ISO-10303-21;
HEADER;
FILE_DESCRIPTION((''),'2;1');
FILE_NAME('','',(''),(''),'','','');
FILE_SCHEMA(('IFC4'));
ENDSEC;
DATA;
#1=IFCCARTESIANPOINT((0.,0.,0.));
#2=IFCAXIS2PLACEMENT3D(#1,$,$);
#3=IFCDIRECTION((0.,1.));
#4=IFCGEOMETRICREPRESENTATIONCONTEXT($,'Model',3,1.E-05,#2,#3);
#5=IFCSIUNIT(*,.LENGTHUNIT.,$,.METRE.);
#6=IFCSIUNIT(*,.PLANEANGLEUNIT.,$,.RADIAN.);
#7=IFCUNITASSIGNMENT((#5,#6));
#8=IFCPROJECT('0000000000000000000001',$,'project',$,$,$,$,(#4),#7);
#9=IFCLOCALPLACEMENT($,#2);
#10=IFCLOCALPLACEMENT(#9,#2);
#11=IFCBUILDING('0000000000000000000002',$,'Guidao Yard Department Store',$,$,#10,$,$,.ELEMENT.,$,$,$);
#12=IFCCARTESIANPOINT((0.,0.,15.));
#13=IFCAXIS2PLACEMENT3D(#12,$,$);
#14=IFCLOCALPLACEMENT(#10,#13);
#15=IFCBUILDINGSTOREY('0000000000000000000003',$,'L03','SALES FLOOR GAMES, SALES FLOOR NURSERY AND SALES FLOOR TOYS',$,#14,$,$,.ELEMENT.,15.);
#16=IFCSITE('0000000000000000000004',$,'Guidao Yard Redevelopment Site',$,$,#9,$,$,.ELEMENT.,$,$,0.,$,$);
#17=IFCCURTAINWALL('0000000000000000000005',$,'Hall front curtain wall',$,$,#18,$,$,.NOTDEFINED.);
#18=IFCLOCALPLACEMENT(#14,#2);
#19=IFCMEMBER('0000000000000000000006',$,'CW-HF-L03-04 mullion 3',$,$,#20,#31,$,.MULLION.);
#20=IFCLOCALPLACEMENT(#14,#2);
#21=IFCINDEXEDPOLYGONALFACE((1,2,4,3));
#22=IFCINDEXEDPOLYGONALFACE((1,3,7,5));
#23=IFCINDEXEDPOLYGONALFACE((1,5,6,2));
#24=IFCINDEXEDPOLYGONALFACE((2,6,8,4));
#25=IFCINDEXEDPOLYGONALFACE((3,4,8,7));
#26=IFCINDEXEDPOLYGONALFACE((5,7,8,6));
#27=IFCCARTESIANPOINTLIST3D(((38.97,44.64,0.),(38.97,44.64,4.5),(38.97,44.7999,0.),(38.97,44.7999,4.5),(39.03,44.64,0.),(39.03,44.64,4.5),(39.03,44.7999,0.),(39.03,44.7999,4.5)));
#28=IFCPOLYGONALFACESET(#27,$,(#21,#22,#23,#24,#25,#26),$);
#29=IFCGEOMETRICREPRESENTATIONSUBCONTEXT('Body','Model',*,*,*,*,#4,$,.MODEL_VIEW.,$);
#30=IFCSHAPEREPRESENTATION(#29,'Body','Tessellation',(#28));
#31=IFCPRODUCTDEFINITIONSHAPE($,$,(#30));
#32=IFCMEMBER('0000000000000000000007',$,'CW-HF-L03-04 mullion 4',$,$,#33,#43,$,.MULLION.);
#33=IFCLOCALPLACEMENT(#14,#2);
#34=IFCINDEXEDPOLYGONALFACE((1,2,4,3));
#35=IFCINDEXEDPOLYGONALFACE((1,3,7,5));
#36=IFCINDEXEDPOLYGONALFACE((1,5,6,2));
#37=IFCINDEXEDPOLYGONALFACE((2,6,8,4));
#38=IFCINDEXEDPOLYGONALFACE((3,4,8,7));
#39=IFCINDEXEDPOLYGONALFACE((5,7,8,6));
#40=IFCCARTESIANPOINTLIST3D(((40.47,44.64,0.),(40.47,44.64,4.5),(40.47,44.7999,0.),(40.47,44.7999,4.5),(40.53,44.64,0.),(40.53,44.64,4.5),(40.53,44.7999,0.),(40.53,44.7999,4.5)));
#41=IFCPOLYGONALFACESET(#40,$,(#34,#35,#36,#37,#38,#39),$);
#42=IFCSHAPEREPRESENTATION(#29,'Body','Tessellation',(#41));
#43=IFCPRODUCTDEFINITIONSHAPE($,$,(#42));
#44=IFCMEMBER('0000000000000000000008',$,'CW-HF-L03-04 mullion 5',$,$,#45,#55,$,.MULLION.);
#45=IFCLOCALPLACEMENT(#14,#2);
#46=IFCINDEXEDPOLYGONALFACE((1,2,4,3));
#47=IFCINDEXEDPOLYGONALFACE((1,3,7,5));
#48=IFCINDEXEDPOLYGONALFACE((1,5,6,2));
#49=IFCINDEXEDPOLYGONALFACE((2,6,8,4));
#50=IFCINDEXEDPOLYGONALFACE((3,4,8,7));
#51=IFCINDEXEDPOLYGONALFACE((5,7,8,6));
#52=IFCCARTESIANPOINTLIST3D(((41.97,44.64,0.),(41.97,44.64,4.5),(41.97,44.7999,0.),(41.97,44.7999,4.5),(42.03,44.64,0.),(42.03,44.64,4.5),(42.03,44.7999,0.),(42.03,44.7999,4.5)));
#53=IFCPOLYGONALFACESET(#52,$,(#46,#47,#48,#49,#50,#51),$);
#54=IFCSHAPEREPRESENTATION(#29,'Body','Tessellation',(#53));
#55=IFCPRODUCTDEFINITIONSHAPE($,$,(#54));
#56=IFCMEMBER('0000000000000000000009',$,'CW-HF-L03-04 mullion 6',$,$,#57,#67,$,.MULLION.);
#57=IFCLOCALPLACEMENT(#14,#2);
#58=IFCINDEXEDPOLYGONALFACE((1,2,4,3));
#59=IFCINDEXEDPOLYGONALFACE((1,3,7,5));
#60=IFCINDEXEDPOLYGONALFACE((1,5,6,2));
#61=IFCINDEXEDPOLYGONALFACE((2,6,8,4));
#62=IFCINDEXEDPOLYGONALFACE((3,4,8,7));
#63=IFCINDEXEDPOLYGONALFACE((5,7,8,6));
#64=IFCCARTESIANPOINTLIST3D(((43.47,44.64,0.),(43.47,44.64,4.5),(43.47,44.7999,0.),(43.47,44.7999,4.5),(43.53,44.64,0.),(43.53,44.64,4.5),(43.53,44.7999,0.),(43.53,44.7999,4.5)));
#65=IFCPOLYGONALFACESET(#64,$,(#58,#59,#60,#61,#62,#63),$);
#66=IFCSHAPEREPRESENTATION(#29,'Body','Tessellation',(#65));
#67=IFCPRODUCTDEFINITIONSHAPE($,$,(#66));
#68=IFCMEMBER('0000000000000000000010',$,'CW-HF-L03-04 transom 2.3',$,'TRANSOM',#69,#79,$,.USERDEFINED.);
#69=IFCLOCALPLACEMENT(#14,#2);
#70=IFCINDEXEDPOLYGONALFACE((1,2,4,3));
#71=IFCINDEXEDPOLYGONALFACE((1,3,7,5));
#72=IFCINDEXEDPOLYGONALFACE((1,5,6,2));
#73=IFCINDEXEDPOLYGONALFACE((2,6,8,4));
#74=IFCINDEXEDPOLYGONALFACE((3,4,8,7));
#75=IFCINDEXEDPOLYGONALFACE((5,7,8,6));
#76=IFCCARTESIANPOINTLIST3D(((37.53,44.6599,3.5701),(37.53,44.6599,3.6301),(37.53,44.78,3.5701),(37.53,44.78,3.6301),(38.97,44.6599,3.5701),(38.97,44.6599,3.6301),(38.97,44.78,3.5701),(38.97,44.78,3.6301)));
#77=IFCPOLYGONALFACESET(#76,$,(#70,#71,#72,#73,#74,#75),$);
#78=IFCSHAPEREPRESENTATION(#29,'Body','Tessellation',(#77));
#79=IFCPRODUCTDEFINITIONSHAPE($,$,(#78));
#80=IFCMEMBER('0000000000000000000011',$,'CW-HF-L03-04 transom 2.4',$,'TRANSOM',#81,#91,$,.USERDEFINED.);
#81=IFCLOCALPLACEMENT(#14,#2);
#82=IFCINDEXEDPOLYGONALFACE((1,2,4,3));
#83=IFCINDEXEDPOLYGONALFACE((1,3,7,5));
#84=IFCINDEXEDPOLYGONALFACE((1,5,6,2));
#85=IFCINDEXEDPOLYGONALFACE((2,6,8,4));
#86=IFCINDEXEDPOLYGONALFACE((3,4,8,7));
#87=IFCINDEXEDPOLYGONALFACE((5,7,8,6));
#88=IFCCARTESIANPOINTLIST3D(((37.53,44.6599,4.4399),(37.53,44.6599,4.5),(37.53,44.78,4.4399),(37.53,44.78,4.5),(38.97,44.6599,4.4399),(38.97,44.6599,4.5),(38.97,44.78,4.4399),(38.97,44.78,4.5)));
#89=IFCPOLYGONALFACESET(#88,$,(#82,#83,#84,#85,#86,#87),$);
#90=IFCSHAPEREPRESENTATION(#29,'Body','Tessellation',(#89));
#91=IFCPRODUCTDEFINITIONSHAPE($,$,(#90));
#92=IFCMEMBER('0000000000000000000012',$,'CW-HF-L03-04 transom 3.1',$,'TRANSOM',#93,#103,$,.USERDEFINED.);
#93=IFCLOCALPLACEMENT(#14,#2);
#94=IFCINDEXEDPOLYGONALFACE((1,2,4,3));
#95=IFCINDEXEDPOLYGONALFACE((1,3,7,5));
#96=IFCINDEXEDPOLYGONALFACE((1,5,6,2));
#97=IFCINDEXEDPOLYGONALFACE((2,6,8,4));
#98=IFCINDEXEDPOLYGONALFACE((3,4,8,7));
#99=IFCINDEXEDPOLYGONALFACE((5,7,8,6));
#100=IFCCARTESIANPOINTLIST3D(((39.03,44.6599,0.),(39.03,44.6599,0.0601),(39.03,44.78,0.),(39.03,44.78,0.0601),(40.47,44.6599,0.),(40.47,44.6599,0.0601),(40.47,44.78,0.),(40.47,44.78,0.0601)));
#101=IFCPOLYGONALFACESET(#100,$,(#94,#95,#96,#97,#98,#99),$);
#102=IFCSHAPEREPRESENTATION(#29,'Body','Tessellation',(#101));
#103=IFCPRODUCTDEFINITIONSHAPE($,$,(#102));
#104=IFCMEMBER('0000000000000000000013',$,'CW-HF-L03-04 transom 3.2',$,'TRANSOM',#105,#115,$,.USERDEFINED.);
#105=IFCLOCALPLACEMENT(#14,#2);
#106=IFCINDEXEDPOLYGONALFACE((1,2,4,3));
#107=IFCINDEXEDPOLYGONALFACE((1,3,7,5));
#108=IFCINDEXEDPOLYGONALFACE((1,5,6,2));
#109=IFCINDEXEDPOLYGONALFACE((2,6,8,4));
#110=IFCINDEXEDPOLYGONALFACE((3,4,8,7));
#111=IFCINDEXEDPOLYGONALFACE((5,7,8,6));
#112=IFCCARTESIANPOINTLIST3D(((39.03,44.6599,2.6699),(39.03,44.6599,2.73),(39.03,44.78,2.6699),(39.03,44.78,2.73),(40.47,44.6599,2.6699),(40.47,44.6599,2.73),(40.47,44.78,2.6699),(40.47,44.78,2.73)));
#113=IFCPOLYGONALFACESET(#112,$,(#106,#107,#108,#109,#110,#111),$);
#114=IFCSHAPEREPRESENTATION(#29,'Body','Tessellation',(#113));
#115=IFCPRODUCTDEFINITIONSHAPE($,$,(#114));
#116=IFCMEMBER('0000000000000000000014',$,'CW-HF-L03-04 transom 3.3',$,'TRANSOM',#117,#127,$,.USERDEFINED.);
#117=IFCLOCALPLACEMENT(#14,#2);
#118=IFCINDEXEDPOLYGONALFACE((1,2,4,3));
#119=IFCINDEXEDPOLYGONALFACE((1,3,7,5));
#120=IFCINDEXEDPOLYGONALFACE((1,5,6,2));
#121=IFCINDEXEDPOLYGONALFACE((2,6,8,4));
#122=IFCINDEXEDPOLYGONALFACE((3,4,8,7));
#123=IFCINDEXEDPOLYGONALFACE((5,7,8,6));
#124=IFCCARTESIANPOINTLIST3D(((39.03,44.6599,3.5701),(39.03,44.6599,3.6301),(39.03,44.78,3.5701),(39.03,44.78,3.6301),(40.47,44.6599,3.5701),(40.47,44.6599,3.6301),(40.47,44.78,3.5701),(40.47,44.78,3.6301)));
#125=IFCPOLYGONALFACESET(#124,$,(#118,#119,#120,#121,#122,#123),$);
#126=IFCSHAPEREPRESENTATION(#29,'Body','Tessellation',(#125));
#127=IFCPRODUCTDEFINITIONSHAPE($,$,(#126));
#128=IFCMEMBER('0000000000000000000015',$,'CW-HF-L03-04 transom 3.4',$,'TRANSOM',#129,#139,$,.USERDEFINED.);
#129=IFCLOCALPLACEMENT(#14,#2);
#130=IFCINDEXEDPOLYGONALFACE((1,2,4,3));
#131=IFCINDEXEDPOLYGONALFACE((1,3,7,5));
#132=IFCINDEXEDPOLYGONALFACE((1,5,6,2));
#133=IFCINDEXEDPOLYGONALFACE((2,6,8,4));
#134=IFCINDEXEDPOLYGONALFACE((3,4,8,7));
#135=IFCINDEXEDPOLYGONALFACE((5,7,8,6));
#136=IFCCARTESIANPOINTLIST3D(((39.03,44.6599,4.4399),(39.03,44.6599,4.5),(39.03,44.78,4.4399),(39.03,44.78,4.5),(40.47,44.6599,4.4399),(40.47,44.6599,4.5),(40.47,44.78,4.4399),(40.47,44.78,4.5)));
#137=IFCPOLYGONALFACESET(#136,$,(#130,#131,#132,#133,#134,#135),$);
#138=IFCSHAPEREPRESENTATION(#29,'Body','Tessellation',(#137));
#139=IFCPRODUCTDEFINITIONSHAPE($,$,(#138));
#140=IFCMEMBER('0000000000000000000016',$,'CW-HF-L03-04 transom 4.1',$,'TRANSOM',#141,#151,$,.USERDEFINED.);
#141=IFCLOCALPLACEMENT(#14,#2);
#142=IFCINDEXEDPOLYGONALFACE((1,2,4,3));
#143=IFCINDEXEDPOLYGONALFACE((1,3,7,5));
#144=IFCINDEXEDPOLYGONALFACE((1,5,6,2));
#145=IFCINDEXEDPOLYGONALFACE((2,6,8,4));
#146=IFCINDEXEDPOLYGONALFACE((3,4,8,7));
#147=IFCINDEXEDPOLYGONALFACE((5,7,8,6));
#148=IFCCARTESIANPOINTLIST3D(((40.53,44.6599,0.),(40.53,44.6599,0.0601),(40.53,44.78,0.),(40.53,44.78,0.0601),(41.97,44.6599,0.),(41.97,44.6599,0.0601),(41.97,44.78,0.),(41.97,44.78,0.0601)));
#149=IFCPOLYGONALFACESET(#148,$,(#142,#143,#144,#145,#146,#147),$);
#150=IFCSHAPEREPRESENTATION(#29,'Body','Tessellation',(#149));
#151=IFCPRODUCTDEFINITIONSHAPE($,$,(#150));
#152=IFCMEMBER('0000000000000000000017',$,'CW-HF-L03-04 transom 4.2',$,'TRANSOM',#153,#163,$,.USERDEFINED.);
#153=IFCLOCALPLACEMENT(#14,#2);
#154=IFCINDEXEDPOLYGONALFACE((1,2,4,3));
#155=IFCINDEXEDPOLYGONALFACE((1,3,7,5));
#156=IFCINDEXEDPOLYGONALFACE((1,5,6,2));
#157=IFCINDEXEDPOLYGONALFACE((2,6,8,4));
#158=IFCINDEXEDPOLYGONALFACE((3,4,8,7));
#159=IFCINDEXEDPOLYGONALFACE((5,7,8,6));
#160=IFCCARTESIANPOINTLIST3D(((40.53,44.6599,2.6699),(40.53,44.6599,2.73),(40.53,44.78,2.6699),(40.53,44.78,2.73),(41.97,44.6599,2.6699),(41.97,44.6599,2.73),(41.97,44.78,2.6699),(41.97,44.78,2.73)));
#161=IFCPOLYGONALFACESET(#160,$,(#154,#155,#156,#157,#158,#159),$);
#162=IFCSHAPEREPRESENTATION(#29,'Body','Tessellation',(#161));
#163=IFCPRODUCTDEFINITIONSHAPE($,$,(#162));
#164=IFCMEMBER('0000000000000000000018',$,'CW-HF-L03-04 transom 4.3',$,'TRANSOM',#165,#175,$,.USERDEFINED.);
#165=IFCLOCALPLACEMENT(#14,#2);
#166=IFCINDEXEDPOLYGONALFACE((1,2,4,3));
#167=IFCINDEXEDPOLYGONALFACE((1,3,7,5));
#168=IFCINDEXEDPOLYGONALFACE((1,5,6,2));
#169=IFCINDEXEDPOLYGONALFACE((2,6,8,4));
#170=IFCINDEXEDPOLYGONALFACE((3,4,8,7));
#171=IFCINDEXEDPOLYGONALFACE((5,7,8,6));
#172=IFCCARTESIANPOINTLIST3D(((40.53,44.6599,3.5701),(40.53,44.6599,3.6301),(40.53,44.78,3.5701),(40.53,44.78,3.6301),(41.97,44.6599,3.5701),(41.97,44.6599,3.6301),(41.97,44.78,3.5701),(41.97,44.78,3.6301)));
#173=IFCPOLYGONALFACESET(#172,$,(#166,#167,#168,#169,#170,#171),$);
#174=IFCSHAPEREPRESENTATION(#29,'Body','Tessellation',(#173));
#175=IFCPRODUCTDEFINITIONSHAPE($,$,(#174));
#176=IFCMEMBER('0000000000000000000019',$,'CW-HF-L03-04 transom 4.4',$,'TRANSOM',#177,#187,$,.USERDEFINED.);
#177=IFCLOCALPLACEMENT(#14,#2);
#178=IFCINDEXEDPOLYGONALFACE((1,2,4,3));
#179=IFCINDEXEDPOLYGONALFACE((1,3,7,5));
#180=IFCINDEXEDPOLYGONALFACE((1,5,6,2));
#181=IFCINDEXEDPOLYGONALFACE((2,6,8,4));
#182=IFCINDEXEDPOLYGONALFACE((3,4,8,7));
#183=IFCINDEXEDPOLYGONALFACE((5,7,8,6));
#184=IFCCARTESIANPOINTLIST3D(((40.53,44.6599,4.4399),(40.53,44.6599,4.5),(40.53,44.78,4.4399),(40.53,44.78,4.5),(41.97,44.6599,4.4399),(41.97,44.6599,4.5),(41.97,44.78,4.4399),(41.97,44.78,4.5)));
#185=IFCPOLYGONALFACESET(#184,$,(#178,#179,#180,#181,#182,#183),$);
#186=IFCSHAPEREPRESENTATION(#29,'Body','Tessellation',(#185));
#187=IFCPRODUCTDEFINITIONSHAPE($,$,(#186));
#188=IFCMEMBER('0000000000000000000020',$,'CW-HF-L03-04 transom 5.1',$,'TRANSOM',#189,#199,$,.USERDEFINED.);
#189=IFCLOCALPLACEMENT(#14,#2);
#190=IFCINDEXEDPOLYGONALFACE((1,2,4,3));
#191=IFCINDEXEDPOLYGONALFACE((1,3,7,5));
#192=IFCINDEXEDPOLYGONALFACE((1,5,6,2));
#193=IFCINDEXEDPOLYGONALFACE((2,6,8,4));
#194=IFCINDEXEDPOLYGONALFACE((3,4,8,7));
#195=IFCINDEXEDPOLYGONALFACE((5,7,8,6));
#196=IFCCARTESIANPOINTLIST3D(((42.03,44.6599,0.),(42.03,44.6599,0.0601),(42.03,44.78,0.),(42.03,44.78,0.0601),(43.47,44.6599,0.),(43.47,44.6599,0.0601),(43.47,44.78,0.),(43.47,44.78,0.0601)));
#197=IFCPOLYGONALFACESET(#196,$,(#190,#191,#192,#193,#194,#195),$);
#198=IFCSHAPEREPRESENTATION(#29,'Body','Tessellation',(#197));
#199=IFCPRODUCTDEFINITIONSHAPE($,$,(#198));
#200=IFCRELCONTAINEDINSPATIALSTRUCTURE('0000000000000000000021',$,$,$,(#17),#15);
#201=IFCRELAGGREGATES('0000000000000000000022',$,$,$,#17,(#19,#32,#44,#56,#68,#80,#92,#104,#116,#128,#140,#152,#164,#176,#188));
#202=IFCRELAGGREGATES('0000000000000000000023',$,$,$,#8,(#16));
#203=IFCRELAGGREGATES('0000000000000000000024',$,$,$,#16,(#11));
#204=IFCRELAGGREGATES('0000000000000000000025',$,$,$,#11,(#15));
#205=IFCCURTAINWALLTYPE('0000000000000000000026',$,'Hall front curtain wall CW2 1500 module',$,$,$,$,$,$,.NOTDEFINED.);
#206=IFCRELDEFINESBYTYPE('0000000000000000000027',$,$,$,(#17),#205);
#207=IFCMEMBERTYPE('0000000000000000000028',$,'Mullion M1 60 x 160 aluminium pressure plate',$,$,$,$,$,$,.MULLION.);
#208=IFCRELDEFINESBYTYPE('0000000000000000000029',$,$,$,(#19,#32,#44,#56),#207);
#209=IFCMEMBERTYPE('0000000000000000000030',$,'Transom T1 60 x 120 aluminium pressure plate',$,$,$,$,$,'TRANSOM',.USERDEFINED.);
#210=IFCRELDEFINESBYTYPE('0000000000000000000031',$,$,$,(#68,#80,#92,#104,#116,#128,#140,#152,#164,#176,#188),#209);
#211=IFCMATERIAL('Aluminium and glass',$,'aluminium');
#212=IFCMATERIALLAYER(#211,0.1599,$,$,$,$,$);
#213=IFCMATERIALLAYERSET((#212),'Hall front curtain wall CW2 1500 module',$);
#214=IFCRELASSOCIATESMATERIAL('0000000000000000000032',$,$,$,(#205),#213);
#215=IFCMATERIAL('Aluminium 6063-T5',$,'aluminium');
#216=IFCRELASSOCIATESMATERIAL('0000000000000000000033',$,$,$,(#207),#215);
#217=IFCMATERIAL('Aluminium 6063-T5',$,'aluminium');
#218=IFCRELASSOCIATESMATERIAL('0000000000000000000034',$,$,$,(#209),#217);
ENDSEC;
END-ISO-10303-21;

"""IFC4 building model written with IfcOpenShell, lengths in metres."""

from ifc_helpers import new_model, si_unit, direction, frame, origin, origin_2d, place, context, subcontext, project, spatial, rectangle, extrude, material, layer, layer_set, material_profile, profile_set, type_object, element, aggregate, save


model = new_model("IFC4")

# Units and contexts
model_context = context("Model", 3, precision=1e-05, world=origin(), true_north=direction((0.0, 1.0)))
body_context = subcontext(model_context, "Body", "Model", "MODEL_VIEW")
ifc_project = project(units=[si_unit("LENGTHUNIT", "METRE"), si_unit("PLANEANGLEUNIT", "RADIAN")], contexts=[model_context])

# Site, building, storey
site_placement = place(None, origin())
site = spatial("IfcSite", under=ifc_project, at=site_placement, Name="Guidao Yard Redevelopment Site", CompositionType="ELEMENT", RefElevation=0.0)
building_placement = place(site_placement, origin())
building = spatial("IfcBuilding", under=site, at=building_placement, Name="Guidao Yard Department Store", CompositionType="ELEMENT")
storey_placement = place(building_placement, frame((0.0, 0.0, 15.0)))
storey = spatial("IfcBuildingStorey", under=building, at=storey_placement, Name="L03", Description="SALES FLOOR GAMES, SALES FLOOR NURSERY AND SALES FLOOR TOYS", CompositionType="ELEMENT", Elevation=15.0)

# Curtain wall, members
ifc_material_1 = material(Name="Aluminium and glass", Category="aluminium")
ifc_layer_1 = layer(ifc_material_1, 0.1599)
ifc_layer_set_1 = layer_set([ifc_layer_1], Name="Hall front curtain wall CW2 1500 module")
curtain_wall_type = type_object("IfcCurtainWallType", Name="Hall front curtain wall CW2 1500 module", PredefinedType="NOTDEFINED", material=ifc_layer_set_1)
curtain_wall_placement = place(storey_placement, origin())
curtain_wall = element("IfcCurtainWall", 1, at=curtain_wall_placement, inside=storey, type_object=curtain_wall_type, Name="Hall front curtain wall", PredefinedType="NOTDEFINED")
ifc_material_2 = material(Name="Aluminium 6063-T5", Category="aluminium")
ifc_material_profile_1 = material_profile(ifc_material_2, rectangle(XDim=0.0601, YDim=0.1599, at=origin_2d()), Name="Mullion M1 60 x 160 aluminium pressure plate")
ifc_profile_set_1 = profile_set([ifc_material_profile_1], Name="Aluminium 6063-T5")
member_type_1 = type_object("IfcMemberType", Name="Mullion M1 60 x 160 aluminium pressure plate", PredefinedType="MULLION", material=ifc_profile_set_1)
member_1_placement = place(storey_placement, frame((39.0, 44.72, 0.0), z_axis=(0.0, 0.0, 1.0), x_axis=(-1.0, 0.0, 0.0)))
member_1 = element("IfcMember", 2, at=member_1_placement, type_object=member_type_1, Name="CW-HF-L03-04 mullion 3", PredefinedType="MULLION", context=body_context, shape_type="SweptSolid", body=[
    extrude(rectangle(XDim=0.0601, YDim=0.1599, at=origin_2d()), origin(), (0.0, 0.0, 1.0), 4.5),
])
member_2_placement = place(storey_placement, frame((40.5, 44.72, 0.0), z_axis=(0.0, 0.0, 1.0), x_axis=(-1.0, 0.0, 0.0)))
member_2 = element("IfcMember", 3, at=member_2_placement, type_object=member_type_1, Name="CW-HF-L03-04 mullion 4", PredefinedType="MULLION", context=body_context, shape_type="SweptSolid", body=[
    extrude(rectangle(XDim=0.0601, YDim=0.1599, at=origin_2d()), origin(), (0.0, 0.0, 1.0), 4.5),
])
member_3_placement = place(storey_placement, frame((42.0, 44.72, 0.0), z_axis=(0.0, 0.0, 1.0), x_axis=(-1.0, 0.0, 0.0)))
member_3 = element("IfcMember", 4, at=member_3_placement, type_object=member_type_1, Name="CW-HF-L03-04 mullion 5", PredefinedType="MULLION", context=body_context, shape_type="SweptSolid", body=[
    extrude(rectangle(XDim=0.0601, YDim=0.1599, at=origin_2d()), origin(), (0.0, 0.0, 1.0), 4.5),
])
member_4_placement = place(storey_placement, frame((43.5, 44.72, 0.0), z_axis=(0.0, 0.0, 1.0), x_axis=(-1.0, 0.0, 0.0)))
member_4 = element("IfcMember", 5, at=member_4_placement, type_object=member_type_1, Name="CW-HF-L03-04 mullion 6", PredefinedType="MULLION", context=body_context, shape_type="SweptSolid", body=[
    extrude(rectangle(XDim=0.0601, YDim=0.1599, at=origin_2d()), origin(), (0.0, 0.0, 1.0), 4.5),
])
ifc_material_3 = material(Name="Aluminium 6063-T5", Category="aluminium")
ifc_material_profile_2 = material_profile(ifc_material_3, rectangle(XDim=0.1201, YDim=0.0601, at=origin_2d()), Name="Transom T1 60 x 120 aluminium pressure plate")
ifc_profile_set_2 = profile_set([ifc_material_profile_2], Name="Aluminium 6063-T5")
member_type_2 = type_object("IfcMemberType", Name="Transom T1 60 x 120 aluminium pressure plate", ElementType="TRANSOM", PredefinedType="USERDEFINED", material=ifc_profile_set_2)
member_5_placement = place(storey_placement, frame((38.97, 44.72, 3.6001), z_axis=(-1.0, 0.0, 0.0), x_axis=(0.0, -1.0, 0.0)))
member_5 = element("IfcMember", 6, at=member_5_placement, type_object=member_type_2, Name="CW-HF-L03-04 transom 2.3", ObjectType="TRANSOM", PredefinedType="USERDEFINED", context=body_context, shape_type="SweptSolid", body=[
    extrude(rectangle(XDim=0.1201, YDim=0.0601, at=origin_2d()), origin(), (0.0, 0.0, 1.0), 1.4399),
])
member_6_placement = place(storey_placement, frame((38.97, 44.72, 4.47), z_axis=(-1.0, 0.0, 0.0), x_axis=(0.0, -1.0, 0.0)))
member_6 = element("IfcMember", 7, at=member_6_placement, type_object=member_type_2, Name="CW-HF-L03-04 transom 2.4", ObjectType="TRANSOM", PredefinedType="USERDEFINED", context=body_context, shape_type="SweptSolid", body=[
    extrude(rectangle(XDim=0.1201, YDim=0.0601, at=origin_2d()), origin(), (0.0, 0.0, 1.0), 1.4399),
])
member_7_placement = place(storey_placement, frame((40.47, 44.72, 0.03), z_axis=(-1.0, 0.0, 0.0), x_axis=(0.0, -1.0, 0.0)))
member_7 = element("IfcMember", 8, at=member_7_placement, type_object=member_type_2, Name="CW-HF-L03-04 transom 3.1", ObjectType="TRANSOM", PredefinedType="USERDEFINED", context=body_context, shape_type="SweptSolid", body=[
    extrude(rectangle(XDim=0.1201, YDim=0.0601, at=origin_2d()), origin(), (0.0, 0.0, 1.0), 1.4399),
])
member_8_placement = place(storey_placement, frame((40.47, 44.72, 2.7), z_axis=(-1.0, 0.0, 0.0), x_axis=(0.0, -1.0, 0.0)))
member_8 = element("IfcMember", 9, at=member_8_placement, type_object=member_type_2, Name="CW-HF-L03-04 transom 3.2", ObjectType="TRANSOM", PredefinedType="USERDEFINED", context=body_context, shape_type="SweptSolid", body=[
    extrude(rectangle(XDim=0.1201, YDim=0.0601, at=origin_2d()), origin(), (0.0, 0.0, 1.0), 1.4399),
])
member_9_placement = place(storey_placement, frame((40.47, 44.72, 3.6001), z_axis=(-1.0, 0.0, 0.0), x_axis=(0.0, -1.0, 0.0)))
member_9 = element("IfcMember", 10, at=member_9_placement, type_object=member_type_2, Name="CW-HF-L03-04 transom 3.3", ObjectType="TRANSOM", PredefinedType="USERDEFINED", context=body_context, shape_type="SweptSolid", body=[
    extrude(rectangle(XDim=0.1201, YDim=0.0601, at=origin_2d()), origin(), (0.0, 0.0, 1.0), 1.4399),
])
member_10_placement = place(storey_placement, frame((40.47, 44.72, 4.47), z_axis=(-1.0, 0.0, 0.0), x_axis=(0.0, -1.0, 0.0)))
member_10 = element("IfcMember", 11, at=member_10_placement, type_object=member_type_2, Name="CW-HF-L03-04 transom 3.4", ObjectType="TRANSOM", PredefinedType="USERDEFINED", context=body_context, shape_type="SweptSolid", body=[
    extrude(rectangle(XDim=0.1201, YDim=0.0601, at=origin_2d()), origin(), (0.0, 0.0, 1.0), 1.4399),
])
member_11_placement = place(storey_placement, frame((41.97, 44.72, 0.03), z_axis=(-1.0, 0.0, 0.0), x_axis=(0.0, -1.0, 0.0)))
member_11 = element("IfcMember", 12, at=member_11_placement, type_object=member_type_2, Name="CW-HF-L03-04 transom 4.1", ObjectType="TRANSOM", PredefinedType="USERDEFINED", context=body_context, shape_type="SweptSolid", body=[
    extrude(rectangle(XDim=0.1201, YDim=0.0601, at=origin_2d()), origin(), (0.0, 0.0, 1.0), 1.4399),
])
member_12_placement = place(storey_placement, frame((41.97, 44.72, 2.7), z_axis=(-1.0, 0.0, 0.0), x_axis=(0.0, -1.0, 0.0)))
member_12 = element("IfcMember", 13, at=member_12_placement, type_object=member_type_2, Name="CW-HF-L03-04 transom 4.2", ObjectType="TRANSOM", PredefinedType="USERDEFINED", context=body_context, shape_type="SweptSolid", body=[
    extrude(rectangle(XDim=0.1201, YDim=0.0601, at=origin_2d()), origin(), (0.0, 0.0, 1.0), 1.4399),
])
member_13_placement = place(storey_placement, frame((41.97, 44.72, 3.6001), z_axis=(-1.0, 0.0, 0.0), x_axis=(0.0, -1.0, 0.0)))
member_13 = element("IfcMember", 14, at=member_13_placement, type_object=member_type_2, Name="CW-HF-L03-04 transom 4.3", ObjectType="TRANSOM", PredefinedType="USERDEFINED", context=body_context, shape_type="SweptSolid", body=[
    extrude(rectangle(XDim=0.1201, YDim=0.0601, at=origin_2d()), origin(), (0.0, 0.0, 1.0), 1.4399),
])
member_14_placement = place(storey_placement, frame((41.97, 44.72, 4.47), z_axis=(-1.0, 0.0, 0.0), x_axis=(0.0, -1.0, 0.0)))
member_14 = element("IfcMember", 15, at=member_14_placement, type_object=member_type_2, Name="CW-HF-L03-04 transom 4.4", ObjectType="TRANSOM", PredefinedType="USERDEFINED", context=body_context, shape_type="SweptSolid", body=[
    extrude(rectangle(XDim=0.1201, YDim=0.0601, at=origin_2d()), origin(), (0.0, 0.0, 1.0), 1.4399),
])
member_15_placement = place(storey_placement, frame((43.47, 44.72, 0.03), z_axis=(-1.0, 0.0, 0.0), x_axis=(0.0, -1.0, 0.0)))
member_15 = element("IfcMember", 16, at=member_15_placement, type_object=member_type_2, Name="CW-HF-L03-04 transom 5.1", ObjectType="TRANSOM", PredefinedType="USERDEFINED", context=body_context, shape_type="SweptSolid", body=[
    extrude(rectangle(XDim=0.1201, YDim=0.0601, at=origin_2d()), origin(), (0.0, 0.0, 1.0), 1.4399),
])
aggregate(curtain_wall, [member_1, member_2, member_3, member_4, member_5, member_6, member_7, member_8, member_9, member_10, member_11, member_12, member_13, member_14, member_15])

save(model, "model.ifc")
